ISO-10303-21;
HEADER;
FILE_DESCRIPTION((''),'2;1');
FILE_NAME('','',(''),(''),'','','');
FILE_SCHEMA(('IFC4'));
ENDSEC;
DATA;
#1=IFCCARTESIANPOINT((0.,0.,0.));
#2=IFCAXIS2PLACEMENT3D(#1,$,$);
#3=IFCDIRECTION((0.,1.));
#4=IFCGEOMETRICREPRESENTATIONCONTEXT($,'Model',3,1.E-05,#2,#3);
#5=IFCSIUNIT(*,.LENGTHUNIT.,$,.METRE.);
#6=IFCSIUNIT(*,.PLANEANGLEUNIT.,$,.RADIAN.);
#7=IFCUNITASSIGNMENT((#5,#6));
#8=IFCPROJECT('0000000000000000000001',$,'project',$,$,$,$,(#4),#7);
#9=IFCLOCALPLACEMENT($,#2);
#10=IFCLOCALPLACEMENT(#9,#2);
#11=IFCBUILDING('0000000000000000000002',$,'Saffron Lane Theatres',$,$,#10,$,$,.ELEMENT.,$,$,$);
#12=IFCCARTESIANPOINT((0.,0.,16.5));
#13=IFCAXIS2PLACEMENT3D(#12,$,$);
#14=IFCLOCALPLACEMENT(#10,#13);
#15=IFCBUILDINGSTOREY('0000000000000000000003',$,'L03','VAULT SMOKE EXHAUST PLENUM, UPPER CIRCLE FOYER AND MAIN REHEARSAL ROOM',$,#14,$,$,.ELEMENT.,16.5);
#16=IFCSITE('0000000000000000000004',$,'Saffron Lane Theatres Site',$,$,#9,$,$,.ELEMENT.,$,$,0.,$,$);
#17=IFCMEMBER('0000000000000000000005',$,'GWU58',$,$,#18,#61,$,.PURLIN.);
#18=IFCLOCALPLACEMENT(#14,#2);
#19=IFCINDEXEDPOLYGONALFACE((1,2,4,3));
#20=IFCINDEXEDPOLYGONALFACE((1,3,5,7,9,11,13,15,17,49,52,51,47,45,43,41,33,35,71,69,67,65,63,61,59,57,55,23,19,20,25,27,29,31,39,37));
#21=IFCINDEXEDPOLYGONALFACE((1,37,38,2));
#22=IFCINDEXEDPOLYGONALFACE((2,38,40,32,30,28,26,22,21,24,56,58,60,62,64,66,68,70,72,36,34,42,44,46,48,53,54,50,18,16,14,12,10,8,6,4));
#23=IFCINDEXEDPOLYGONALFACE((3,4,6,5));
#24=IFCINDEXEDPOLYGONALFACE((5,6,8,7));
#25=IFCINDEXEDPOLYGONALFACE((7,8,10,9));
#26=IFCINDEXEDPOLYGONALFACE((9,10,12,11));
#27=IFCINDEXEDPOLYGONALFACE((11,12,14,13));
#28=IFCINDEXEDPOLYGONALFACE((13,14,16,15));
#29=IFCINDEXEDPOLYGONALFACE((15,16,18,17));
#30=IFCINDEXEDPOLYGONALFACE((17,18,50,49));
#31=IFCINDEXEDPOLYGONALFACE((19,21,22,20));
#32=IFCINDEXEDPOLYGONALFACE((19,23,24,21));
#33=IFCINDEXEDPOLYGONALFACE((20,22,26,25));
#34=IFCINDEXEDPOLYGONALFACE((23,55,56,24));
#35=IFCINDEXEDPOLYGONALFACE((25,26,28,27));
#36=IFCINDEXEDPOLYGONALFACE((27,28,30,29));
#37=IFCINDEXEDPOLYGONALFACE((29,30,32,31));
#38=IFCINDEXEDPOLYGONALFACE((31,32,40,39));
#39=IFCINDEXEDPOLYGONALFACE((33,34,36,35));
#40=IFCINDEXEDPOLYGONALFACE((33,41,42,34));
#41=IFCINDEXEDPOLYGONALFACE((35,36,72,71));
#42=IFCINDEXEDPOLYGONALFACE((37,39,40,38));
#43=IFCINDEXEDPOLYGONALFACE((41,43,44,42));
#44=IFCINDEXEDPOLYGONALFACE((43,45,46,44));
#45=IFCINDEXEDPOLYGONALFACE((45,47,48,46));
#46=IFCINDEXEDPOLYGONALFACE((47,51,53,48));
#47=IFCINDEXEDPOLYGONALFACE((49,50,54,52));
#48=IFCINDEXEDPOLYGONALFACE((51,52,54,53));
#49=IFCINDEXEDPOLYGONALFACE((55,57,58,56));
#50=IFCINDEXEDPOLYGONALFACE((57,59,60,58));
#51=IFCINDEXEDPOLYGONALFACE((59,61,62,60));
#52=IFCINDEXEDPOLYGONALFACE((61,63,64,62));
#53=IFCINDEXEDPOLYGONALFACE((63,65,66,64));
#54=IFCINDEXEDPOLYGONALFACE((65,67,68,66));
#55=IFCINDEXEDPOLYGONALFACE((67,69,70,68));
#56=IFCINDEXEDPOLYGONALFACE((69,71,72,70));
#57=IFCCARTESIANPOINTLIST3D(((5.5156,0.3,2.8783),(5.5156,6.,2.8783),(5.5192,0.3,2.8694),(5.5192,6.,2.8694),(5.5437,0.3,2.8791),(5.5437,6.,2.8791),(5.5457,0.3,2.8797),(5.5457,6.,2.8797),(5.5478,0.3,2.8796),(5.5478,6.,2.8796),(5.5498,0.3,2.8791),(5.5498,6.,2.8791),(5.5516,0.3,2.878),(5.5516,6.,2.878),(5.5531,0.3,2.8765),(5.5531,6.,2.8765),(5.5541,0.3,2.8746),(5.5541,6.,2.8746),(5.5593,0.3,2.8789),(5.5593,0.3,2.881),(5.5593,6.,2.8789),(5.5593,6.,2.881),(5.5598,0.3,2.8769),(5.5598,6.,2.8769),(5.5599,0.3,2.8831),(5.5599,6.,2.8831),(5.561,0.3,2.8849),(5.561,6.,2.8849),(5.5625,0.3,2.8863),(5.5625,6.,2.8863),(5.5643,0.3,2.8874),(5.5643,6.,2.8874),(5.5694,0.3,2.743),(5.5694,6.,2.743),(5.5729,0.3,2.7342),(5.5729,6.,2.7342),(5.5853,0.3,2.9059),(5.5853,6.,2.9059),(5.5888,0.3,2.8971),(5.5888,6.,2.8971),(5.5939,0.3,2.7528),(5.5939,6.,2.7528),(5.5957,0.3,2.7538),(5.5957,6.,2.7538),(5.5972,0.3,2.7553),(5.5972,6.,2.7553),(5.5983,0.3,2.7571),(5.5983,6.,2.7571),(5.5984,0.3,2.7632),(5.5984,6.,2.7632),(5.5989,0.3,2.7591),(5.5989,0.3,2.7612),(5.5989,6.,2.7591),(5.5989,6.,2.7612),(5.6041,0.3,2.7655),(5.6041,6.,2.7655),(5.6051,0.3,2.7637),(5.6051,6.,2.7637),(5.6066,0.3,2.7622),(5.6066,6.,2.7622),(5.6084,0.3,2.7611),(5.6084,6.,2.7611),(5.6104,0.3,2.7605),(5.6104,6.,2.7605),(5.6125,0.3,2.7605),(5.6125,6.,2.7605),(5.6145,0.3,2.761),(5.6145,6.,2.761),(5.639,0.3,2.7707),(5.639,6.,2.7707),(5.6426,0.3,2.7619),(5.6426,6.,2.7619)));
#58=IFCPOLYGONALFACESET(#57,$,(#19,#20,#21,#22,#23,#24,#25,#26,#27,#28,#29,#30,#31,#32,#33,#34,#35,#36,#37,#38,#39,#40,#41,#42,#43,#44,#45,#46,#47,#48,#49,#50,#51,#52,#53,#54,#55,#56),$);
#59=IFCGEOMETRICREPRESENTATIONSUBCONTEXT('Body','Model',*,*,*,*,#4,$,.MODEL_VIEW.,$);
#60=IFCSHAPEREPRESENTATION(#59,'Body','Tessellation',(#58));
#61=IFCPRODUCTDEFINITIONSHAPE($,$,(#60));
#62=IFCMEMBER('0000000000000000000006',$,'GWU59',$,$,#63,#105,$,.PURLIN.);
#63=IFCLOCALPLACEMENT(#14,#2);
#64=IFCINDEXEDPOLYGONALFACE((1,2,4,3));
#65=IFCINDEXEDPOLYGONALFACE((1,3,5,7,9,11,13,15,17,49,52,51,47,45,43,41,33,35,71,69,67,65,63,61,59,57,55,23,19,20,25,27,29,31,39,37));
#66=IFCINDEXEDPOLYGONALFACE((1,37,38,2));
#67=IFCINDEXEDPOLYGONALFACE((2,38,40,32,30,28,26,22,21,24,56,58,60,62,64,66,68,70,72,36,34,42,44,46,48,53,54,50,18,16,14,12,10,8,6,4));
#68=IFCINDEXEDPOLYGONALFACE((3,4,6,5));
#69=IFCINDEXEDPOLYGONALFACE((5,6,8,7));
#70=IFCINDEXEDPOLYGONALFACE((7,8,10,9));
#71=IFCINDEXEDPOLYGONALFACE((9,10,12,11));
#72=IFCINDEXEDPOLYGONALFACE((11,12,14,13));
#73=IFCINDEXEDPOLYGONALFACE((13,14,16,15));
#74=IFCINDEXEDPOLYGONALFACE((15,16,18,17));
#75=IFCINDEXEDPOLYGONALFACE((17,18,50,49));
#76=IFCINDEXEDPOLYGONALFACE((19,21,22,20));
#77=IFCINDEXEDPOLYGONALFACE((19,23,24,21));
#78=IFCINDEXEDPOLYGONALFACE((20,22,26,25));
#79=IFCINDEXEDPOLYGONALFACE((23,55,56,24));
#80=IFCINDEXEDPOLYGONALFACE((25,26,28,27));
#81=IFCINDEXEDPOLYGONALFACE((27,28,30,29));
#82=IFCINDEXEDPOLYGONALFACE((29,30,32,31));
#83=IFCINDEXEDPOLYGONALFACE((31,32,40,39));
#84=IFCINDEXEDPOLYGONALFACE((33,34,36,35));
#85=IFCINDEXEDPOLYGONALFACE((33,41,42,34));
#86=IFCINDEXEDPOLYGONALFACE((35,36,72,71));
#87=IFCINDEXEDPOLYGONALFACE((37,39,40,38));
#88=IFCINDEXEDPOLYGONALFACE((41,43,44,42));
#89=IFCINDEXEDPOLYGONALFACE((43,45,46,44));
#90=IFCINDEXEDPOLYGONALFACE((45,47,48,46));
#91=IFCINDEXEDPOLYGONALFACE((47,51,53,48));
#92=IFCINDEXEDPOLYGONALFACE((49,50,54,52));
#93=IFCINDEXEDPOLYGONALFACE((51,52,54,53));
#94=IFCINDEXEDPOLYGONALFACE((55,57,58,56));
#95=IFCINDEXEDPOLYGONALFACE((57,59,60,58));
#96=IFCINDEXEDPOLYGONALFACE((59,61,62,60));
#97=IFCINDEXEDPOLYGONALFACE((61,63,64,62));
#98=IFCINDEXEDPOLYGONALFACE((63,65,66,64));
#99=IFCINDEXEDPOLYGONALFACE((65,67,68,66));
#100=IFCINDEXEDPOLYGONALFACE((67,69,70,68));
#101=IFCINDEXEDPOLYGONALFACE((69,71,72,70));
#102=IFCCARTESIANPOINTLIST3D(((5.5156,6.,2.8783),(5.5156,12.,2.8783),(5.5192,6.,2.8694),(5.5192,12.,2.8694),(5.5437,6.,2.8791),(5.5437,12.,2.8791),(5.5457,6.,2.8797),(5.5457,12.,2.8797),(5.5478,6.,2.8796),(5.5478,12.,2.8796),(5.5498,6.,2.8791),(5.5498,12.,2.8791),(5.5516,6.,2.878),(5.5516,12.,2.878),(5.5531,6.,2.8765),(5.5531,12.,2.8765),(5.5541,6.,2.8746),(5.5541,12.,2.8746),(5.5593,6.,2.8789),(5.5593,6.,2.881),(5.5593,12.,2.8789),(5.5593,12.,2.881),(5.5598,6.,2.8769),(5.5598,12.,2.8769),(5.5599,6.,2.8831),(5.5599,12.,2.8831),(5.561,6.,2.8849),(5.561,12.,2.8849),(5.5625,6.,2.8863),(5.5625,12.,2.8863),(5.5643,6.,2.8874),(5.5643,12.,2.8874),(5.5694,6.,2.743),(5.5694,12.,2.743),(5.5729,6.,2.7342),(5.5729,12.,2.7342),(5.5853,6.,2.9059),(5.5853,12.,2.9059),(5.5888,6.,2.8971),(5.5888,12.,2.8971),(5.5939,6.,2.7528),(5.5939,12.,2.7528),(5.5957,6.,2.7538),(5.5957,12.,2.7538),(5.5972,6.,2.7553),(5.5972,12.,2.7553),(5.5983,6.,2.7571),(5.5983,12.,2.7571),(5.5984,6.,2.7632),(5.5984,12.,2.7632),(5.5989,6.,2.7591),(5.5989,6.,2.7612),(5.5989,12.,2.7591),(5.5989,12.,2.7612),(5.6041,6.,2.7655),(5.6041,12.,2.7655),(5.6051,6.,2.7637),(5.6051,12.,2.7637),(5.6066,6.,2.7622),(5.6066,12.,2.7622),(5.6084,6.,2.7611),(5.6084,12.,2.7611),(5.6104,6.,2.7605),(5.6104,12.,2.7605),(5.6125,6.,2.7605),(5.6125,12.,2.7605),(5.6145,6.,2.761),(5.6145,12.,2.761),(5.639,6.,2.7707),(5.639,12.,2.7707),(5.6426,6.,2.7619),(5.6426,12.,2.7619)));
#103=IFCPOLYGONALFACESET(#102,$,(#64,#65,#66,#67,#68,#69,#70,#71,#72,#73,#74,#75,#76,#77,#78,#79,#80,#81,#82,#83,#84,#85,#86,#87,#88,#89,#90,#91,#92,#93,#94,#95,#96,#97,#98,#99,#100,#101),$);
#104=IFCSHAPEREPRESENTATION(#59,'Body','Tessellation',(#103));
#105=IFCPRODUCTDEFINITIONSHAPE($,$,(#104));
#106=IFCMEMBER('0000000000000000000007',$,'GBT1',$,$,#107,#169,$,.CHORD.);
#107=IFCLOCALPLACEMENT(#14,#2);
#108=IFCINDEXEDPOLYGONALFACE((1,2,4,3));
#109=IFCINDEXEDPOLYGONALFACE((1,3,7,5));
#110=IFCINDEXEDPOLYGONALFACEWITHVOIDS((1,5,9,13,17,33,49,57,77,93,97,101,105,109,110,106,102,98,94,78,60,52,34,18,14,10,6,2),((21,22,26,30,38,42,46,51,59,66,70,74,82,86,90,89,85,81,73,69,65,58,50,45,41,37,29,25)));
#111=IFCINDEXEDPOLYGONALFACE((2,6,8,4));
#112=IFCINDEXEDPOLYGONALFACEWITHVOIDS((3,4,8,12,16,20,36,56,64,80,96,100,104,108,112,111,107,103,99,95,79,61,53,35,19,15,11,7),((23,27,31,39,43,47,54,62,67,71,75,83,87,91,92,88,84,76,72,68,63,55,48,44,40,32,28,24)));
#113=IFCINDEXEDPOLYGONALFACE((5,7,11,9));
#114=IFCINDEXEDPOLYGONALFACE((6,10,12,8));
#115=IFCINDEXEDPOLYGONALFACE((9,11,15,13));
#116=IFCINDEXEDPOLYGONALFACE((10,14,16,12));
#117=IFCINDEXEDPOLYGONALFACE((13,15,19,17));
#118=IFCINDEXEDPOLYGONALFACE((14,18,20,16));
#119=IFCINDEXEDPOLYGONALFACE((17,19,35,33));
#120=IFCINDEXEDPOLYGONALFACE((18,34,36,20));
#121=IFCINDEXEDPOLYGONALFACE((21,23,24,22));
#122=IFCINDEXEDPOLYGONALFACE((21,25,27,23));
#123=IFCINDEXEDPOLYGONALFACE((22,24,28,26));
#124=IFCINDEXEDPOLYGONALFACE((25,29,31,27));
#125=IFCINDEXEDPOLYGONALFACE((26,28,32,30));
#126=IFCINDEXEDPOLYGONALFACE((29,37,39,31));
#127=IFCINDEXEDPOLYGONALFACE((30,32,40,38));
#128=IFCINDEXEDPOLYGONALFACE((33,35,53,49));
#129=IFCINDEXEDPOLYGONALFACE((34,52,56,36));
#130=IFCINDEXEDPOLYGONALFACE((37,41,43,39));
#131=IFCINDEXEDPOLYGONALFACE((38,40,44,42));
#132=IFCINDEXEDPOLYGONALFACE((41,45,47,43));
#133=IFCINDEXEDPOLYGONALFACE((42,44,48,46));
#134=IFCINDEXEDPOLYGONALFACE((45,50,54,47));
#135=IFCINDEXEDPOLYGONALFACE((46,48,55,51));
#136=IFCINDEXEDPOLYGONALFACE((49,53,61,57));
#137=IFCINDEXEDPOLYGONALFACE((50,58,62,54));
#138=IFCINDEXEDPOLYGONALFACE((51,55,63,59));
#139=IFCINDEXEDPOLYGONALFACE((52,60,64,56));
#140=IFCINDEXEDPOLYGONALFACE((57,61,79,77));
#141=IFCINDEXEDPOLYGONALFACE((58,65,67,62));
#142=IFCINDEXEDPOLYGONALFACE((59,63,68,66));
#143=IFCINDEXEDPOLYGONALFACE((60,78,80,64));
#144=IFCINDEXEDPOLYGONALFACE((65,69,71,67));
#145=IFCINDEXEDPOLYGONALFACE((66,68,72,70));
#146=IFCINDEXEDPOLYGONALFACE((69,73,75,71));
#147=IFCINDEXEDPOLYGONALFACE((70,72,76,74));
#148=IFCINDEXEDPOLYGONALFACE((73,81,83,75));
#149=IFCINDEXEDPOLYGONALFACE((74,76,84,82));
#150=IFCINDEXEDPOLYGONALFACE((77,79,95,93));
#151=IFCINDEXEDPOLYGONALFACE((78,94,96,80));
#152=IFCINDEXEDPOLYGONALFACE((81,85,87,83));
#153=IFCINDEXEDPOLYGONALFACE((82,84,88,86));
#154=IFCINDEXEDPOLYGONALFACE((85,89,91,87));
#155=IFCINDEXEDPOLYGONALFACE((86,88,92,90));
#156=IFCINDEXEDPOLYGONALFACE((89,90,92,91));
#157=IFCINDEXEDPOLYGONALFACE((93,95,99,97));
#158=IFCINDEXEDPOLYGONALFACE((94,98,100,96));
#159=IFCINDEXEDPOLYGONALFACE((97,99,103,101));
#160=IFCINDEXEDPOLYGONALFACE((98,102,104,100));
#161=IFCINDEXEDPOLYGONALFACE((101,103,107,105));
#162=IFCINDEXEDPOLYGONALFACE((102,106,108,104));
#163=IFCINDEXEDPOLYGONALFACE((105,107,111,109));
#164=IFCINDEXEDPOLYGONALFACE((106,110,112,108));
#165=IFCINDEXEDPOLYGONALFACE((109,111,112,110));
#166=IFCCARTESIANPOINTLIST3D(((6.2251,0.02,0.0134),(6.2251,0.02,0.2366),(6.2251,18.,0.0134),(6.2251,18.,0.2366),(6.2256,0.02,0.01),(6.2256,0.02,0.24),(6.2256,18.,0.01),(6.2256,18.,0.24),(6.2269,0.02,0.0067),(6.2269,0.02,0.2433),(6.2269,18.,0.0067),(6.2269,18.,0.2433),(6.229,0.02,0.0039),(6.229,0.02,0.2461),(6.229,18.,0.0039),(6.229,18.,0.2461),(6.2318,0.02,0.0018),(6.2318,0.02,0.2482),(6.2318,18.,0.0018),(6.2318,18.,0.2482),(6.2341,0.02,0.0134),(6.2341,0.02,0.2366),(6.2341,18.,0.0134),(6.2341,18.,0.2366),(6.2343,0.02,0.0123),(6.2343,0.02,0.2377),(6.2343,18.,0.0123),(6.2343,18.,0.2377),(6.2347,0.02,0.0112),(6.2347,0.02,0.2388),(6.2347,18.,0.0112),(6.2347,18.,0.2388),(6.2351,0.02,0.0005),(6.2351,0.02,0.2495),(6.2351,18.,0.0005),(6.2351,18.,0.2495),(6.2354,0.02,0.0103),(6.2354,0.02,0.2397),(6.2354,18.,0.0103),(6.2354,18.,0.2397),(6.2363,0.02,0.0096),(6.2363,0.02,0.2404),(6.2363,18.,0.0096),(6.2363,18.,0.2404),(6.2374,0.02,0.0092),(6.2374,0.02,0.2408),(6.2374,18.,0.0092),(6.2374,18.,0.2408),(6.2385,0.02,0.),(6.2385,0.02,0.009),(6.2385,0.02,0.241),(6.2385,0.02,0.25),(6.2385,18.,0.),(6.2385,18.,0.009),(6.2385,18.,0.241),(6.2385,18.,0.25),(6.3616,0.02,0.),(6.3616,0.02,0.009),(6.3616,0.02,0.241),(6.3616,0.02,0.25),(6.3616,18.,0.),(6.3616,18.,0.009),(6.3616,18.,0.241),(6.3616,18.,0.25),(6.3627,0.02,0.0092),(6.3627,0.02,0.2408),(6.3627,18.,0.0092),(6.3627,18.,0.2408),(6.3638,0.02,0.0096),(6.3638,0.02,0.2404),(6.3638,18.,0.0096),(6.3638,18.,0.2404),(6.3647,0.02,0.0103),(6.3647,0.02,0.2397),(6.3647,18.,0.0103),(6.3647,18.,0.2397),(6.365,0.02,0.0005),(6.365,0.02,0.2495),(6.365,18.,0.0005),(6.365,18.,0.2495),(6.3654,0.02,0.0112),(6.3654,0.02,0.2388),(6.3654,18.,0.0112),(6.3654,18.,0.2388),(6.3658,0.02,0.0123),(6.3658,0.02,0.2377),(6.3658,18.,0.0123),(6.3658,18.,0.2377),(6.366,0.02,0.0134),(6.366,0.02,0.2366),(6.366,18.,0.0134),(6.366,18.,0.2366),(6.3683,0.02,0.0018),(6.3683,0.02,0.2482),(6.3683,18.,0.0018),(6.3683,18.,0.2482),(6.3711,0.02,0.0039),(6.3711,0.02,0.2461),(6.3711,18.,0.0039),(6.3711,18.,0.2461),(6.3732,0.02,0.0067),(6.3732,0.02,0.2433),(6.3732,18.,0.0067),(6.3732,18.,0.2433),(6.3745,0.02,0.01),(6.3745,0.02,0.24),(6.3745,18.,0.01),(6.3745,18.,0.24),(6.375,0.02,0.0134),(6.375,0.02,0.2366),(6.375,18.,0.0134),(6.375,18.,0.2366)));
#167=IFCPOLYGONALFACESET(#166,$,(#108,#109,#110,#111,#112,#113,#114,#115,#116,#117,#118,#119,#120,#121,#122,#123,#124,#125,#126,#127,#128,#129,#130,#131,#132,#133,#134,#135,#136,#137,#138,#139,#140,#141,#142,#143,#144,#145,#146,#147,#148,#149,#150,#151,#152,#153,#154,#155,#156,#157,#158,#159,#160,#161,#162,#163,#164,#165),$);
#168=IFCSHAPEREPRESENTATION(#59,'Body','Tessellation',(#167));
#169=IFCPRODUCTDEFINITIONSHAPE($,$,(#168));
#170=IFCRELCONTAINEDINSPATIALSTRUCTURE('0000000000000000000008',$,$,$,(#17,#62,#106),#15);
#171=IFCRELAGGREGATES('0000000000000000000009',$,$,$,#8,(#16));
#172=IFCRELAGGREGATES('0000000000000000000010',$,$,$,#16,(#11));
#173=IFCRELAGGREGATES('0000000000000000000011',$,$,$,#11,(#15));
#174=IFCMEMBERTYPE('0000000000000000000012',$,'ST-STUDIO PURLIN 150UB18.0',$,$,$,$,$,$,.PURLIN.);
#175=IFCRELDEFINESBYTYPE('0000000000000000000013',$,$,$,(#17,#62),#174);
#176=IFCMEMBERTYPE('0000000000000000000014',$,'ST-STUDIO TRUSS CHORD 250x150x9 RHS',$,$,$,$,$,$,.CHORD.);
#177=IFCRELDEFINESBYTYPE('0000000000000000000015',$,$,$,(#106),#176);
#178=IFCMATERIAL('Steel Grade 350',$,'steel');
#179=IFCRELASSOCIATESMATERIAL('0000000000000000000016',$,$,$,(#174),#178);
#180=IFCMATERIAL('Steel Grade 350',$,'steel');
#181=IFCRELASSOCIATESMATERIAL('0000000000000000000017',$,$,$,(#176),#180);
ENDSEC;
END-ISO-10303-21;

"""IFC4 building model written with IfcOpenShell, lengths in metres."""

from ifc_helpers import new_model, si_unit, direction, frame, origin, origin_2d, place, context, subcontext, project, spatial, hollow_rectangle, i_section, extrude, material, material_profile, profile_set, type_object, element, save


model = new_model("IFC4")

# Units and contexts
model_context = context("Model", 3, precision=1e-05, world=origin(), true_north=direction((0.0, 1.0)))
body_context = subcontext(model_context, "Body", "Model", "MODEL_VIEW")
ifc_project = project(units=[si_unit("LENGTHUNIT", "METRE"), si_unit("PLANEANGLEUNIT", "RADIAN")], contexts=[model_context])

# Site, building, storey
site_placement = place(None, origin())
site = spatial("IfcSite", under=ifc_project, at=site_placement, Name="Saffron Lane Theatres Site", CompositionType="ELEMENT", RefElevation=0.0)
building_placement = place(site_placement, origin())
building = spatial("IfcBuilding", under=site, at=building_placement, Name="Saffron Lane Theatres", CompositionType="ELEMENT")
storey_placement = place(building_placement, frame((0.0, 0.0, 16.5)))
storey = spatial("IfcBuildingStorey", under=building, at=storey_placement, Name="L03", Description="VAULT SMOKE EXHAUST PLENUM, UPPER CIRCLE FOYER AND MAIN REHEARSAL ROOM", CompositionType="ELEMENT", Elevation=16.5)

# Members
ifc_material_1 = material(Name="Steel Grade 350", Category="steel")
ifc_material_profile_1 = material_profile(ifc_material_1, i_section(OverallWidth=0.075, OverallDepth=0.155, WebThickness=0.0061, FlangeThickness=0.0095, FilletRadius=0.0081, at=origin_2d()))
ifc_profile_set_1 = profile_set([ifc_material_profile_1], Name="Steel Grade 350")
member_type_1 = type_object("IfcMemberType", Name="ST-STUDIO PURLIN 150UB18.0", PredefinedType="PURLIN", material=ifc_profile_set_1)
member_1_placement = place(storey_placement, frame((5.5791, 0.3, 2.8201), z_axis=(0.0, 1.0, 0.0), x_axis=(-0.929273, 0.0, -0.369393)))
element("IfcMember", 1, at=member_1_placement, inside=storey, type_object=member_type_1, Name="GWU58", PredefinedType="PURLIN", context=body_context, shape_type="SweptSolid", body=[
    extrude(i_section(OverallWidth=0.075, OverallDepth=0.155, WebThickness=0.0061, FlangeThickness=0.0095, FilletRadius=0.0081, at=origin_2d()), origin(), (0.0, 0.0, 1.0), 5.7),
])
member_2_placement = place(storey_placement, frame((5.5791, 6.0, 2.8201), z_axis=(0.0, 1.0, 0.0), x_axis=(-0.929273, 0.0, -0.369393)))
element("IfcMember", 2, at=member_2_placement, inside=storey, type_object=member_type_1, Name="GWU59", PredefinedType="PURLIN", context=body_context, shape_type="SweptSolid", body=[
    extrude(i_section(OverallWidth=0.075, OverallDepth=0.155, WebThickness=0.0061, FlangeThickness=0.0095, FilletRadius=0.0081, at=origin_2d()), origin(), (0.0, 0.0, 1.0), 6.0),
])
ifc_material_2 = material(Name="Steel Grade 350", Category="steel")
ifc_material_profile_2 = material_profile(ifc_material_2, hollow_rectangle(XDim=0.1499, YDim=0.25, WallThickness=0.009, InnerFilletRadius=0.0044, OuterFilletRadius=0.0134, at=origin_2d()))
ifc_profile_set_2 = profile_set([ifc_material_profile_2], Name="Steel Grade 350")
member_type_2 = type_object("IfcMemberType", Name="ST-STUDIO TRUSS CHORD 250x150x9 RHS", PredefinedType="CHORD", material=ifc_profile_set_2)
member_3_placement = place(storey_placement, frame((6.3, 0.02, 0.125), z_axis=(0.0, 1.0, 0.0), x_axis=(-1.0, 0.0, 0.0)))
element("IfcMember", 3, at=member_3_placement, inside=storey, type_object=member_type_2, Name="GBT1", PredefinedType="CHORD", context=body_context, shape_type="SweptSolid", body=[
    extrude(hollow_rectangle(XDim=0.1499, YDim=0.25, WallThickness=0.009, InnerFilletRadius=0.0044, OuterFilletRadius=0.0134, at=origin_2d()), origin(), (0.0, 0.0, 1.0), 17.98),
])

save(model, "model.ifc")
